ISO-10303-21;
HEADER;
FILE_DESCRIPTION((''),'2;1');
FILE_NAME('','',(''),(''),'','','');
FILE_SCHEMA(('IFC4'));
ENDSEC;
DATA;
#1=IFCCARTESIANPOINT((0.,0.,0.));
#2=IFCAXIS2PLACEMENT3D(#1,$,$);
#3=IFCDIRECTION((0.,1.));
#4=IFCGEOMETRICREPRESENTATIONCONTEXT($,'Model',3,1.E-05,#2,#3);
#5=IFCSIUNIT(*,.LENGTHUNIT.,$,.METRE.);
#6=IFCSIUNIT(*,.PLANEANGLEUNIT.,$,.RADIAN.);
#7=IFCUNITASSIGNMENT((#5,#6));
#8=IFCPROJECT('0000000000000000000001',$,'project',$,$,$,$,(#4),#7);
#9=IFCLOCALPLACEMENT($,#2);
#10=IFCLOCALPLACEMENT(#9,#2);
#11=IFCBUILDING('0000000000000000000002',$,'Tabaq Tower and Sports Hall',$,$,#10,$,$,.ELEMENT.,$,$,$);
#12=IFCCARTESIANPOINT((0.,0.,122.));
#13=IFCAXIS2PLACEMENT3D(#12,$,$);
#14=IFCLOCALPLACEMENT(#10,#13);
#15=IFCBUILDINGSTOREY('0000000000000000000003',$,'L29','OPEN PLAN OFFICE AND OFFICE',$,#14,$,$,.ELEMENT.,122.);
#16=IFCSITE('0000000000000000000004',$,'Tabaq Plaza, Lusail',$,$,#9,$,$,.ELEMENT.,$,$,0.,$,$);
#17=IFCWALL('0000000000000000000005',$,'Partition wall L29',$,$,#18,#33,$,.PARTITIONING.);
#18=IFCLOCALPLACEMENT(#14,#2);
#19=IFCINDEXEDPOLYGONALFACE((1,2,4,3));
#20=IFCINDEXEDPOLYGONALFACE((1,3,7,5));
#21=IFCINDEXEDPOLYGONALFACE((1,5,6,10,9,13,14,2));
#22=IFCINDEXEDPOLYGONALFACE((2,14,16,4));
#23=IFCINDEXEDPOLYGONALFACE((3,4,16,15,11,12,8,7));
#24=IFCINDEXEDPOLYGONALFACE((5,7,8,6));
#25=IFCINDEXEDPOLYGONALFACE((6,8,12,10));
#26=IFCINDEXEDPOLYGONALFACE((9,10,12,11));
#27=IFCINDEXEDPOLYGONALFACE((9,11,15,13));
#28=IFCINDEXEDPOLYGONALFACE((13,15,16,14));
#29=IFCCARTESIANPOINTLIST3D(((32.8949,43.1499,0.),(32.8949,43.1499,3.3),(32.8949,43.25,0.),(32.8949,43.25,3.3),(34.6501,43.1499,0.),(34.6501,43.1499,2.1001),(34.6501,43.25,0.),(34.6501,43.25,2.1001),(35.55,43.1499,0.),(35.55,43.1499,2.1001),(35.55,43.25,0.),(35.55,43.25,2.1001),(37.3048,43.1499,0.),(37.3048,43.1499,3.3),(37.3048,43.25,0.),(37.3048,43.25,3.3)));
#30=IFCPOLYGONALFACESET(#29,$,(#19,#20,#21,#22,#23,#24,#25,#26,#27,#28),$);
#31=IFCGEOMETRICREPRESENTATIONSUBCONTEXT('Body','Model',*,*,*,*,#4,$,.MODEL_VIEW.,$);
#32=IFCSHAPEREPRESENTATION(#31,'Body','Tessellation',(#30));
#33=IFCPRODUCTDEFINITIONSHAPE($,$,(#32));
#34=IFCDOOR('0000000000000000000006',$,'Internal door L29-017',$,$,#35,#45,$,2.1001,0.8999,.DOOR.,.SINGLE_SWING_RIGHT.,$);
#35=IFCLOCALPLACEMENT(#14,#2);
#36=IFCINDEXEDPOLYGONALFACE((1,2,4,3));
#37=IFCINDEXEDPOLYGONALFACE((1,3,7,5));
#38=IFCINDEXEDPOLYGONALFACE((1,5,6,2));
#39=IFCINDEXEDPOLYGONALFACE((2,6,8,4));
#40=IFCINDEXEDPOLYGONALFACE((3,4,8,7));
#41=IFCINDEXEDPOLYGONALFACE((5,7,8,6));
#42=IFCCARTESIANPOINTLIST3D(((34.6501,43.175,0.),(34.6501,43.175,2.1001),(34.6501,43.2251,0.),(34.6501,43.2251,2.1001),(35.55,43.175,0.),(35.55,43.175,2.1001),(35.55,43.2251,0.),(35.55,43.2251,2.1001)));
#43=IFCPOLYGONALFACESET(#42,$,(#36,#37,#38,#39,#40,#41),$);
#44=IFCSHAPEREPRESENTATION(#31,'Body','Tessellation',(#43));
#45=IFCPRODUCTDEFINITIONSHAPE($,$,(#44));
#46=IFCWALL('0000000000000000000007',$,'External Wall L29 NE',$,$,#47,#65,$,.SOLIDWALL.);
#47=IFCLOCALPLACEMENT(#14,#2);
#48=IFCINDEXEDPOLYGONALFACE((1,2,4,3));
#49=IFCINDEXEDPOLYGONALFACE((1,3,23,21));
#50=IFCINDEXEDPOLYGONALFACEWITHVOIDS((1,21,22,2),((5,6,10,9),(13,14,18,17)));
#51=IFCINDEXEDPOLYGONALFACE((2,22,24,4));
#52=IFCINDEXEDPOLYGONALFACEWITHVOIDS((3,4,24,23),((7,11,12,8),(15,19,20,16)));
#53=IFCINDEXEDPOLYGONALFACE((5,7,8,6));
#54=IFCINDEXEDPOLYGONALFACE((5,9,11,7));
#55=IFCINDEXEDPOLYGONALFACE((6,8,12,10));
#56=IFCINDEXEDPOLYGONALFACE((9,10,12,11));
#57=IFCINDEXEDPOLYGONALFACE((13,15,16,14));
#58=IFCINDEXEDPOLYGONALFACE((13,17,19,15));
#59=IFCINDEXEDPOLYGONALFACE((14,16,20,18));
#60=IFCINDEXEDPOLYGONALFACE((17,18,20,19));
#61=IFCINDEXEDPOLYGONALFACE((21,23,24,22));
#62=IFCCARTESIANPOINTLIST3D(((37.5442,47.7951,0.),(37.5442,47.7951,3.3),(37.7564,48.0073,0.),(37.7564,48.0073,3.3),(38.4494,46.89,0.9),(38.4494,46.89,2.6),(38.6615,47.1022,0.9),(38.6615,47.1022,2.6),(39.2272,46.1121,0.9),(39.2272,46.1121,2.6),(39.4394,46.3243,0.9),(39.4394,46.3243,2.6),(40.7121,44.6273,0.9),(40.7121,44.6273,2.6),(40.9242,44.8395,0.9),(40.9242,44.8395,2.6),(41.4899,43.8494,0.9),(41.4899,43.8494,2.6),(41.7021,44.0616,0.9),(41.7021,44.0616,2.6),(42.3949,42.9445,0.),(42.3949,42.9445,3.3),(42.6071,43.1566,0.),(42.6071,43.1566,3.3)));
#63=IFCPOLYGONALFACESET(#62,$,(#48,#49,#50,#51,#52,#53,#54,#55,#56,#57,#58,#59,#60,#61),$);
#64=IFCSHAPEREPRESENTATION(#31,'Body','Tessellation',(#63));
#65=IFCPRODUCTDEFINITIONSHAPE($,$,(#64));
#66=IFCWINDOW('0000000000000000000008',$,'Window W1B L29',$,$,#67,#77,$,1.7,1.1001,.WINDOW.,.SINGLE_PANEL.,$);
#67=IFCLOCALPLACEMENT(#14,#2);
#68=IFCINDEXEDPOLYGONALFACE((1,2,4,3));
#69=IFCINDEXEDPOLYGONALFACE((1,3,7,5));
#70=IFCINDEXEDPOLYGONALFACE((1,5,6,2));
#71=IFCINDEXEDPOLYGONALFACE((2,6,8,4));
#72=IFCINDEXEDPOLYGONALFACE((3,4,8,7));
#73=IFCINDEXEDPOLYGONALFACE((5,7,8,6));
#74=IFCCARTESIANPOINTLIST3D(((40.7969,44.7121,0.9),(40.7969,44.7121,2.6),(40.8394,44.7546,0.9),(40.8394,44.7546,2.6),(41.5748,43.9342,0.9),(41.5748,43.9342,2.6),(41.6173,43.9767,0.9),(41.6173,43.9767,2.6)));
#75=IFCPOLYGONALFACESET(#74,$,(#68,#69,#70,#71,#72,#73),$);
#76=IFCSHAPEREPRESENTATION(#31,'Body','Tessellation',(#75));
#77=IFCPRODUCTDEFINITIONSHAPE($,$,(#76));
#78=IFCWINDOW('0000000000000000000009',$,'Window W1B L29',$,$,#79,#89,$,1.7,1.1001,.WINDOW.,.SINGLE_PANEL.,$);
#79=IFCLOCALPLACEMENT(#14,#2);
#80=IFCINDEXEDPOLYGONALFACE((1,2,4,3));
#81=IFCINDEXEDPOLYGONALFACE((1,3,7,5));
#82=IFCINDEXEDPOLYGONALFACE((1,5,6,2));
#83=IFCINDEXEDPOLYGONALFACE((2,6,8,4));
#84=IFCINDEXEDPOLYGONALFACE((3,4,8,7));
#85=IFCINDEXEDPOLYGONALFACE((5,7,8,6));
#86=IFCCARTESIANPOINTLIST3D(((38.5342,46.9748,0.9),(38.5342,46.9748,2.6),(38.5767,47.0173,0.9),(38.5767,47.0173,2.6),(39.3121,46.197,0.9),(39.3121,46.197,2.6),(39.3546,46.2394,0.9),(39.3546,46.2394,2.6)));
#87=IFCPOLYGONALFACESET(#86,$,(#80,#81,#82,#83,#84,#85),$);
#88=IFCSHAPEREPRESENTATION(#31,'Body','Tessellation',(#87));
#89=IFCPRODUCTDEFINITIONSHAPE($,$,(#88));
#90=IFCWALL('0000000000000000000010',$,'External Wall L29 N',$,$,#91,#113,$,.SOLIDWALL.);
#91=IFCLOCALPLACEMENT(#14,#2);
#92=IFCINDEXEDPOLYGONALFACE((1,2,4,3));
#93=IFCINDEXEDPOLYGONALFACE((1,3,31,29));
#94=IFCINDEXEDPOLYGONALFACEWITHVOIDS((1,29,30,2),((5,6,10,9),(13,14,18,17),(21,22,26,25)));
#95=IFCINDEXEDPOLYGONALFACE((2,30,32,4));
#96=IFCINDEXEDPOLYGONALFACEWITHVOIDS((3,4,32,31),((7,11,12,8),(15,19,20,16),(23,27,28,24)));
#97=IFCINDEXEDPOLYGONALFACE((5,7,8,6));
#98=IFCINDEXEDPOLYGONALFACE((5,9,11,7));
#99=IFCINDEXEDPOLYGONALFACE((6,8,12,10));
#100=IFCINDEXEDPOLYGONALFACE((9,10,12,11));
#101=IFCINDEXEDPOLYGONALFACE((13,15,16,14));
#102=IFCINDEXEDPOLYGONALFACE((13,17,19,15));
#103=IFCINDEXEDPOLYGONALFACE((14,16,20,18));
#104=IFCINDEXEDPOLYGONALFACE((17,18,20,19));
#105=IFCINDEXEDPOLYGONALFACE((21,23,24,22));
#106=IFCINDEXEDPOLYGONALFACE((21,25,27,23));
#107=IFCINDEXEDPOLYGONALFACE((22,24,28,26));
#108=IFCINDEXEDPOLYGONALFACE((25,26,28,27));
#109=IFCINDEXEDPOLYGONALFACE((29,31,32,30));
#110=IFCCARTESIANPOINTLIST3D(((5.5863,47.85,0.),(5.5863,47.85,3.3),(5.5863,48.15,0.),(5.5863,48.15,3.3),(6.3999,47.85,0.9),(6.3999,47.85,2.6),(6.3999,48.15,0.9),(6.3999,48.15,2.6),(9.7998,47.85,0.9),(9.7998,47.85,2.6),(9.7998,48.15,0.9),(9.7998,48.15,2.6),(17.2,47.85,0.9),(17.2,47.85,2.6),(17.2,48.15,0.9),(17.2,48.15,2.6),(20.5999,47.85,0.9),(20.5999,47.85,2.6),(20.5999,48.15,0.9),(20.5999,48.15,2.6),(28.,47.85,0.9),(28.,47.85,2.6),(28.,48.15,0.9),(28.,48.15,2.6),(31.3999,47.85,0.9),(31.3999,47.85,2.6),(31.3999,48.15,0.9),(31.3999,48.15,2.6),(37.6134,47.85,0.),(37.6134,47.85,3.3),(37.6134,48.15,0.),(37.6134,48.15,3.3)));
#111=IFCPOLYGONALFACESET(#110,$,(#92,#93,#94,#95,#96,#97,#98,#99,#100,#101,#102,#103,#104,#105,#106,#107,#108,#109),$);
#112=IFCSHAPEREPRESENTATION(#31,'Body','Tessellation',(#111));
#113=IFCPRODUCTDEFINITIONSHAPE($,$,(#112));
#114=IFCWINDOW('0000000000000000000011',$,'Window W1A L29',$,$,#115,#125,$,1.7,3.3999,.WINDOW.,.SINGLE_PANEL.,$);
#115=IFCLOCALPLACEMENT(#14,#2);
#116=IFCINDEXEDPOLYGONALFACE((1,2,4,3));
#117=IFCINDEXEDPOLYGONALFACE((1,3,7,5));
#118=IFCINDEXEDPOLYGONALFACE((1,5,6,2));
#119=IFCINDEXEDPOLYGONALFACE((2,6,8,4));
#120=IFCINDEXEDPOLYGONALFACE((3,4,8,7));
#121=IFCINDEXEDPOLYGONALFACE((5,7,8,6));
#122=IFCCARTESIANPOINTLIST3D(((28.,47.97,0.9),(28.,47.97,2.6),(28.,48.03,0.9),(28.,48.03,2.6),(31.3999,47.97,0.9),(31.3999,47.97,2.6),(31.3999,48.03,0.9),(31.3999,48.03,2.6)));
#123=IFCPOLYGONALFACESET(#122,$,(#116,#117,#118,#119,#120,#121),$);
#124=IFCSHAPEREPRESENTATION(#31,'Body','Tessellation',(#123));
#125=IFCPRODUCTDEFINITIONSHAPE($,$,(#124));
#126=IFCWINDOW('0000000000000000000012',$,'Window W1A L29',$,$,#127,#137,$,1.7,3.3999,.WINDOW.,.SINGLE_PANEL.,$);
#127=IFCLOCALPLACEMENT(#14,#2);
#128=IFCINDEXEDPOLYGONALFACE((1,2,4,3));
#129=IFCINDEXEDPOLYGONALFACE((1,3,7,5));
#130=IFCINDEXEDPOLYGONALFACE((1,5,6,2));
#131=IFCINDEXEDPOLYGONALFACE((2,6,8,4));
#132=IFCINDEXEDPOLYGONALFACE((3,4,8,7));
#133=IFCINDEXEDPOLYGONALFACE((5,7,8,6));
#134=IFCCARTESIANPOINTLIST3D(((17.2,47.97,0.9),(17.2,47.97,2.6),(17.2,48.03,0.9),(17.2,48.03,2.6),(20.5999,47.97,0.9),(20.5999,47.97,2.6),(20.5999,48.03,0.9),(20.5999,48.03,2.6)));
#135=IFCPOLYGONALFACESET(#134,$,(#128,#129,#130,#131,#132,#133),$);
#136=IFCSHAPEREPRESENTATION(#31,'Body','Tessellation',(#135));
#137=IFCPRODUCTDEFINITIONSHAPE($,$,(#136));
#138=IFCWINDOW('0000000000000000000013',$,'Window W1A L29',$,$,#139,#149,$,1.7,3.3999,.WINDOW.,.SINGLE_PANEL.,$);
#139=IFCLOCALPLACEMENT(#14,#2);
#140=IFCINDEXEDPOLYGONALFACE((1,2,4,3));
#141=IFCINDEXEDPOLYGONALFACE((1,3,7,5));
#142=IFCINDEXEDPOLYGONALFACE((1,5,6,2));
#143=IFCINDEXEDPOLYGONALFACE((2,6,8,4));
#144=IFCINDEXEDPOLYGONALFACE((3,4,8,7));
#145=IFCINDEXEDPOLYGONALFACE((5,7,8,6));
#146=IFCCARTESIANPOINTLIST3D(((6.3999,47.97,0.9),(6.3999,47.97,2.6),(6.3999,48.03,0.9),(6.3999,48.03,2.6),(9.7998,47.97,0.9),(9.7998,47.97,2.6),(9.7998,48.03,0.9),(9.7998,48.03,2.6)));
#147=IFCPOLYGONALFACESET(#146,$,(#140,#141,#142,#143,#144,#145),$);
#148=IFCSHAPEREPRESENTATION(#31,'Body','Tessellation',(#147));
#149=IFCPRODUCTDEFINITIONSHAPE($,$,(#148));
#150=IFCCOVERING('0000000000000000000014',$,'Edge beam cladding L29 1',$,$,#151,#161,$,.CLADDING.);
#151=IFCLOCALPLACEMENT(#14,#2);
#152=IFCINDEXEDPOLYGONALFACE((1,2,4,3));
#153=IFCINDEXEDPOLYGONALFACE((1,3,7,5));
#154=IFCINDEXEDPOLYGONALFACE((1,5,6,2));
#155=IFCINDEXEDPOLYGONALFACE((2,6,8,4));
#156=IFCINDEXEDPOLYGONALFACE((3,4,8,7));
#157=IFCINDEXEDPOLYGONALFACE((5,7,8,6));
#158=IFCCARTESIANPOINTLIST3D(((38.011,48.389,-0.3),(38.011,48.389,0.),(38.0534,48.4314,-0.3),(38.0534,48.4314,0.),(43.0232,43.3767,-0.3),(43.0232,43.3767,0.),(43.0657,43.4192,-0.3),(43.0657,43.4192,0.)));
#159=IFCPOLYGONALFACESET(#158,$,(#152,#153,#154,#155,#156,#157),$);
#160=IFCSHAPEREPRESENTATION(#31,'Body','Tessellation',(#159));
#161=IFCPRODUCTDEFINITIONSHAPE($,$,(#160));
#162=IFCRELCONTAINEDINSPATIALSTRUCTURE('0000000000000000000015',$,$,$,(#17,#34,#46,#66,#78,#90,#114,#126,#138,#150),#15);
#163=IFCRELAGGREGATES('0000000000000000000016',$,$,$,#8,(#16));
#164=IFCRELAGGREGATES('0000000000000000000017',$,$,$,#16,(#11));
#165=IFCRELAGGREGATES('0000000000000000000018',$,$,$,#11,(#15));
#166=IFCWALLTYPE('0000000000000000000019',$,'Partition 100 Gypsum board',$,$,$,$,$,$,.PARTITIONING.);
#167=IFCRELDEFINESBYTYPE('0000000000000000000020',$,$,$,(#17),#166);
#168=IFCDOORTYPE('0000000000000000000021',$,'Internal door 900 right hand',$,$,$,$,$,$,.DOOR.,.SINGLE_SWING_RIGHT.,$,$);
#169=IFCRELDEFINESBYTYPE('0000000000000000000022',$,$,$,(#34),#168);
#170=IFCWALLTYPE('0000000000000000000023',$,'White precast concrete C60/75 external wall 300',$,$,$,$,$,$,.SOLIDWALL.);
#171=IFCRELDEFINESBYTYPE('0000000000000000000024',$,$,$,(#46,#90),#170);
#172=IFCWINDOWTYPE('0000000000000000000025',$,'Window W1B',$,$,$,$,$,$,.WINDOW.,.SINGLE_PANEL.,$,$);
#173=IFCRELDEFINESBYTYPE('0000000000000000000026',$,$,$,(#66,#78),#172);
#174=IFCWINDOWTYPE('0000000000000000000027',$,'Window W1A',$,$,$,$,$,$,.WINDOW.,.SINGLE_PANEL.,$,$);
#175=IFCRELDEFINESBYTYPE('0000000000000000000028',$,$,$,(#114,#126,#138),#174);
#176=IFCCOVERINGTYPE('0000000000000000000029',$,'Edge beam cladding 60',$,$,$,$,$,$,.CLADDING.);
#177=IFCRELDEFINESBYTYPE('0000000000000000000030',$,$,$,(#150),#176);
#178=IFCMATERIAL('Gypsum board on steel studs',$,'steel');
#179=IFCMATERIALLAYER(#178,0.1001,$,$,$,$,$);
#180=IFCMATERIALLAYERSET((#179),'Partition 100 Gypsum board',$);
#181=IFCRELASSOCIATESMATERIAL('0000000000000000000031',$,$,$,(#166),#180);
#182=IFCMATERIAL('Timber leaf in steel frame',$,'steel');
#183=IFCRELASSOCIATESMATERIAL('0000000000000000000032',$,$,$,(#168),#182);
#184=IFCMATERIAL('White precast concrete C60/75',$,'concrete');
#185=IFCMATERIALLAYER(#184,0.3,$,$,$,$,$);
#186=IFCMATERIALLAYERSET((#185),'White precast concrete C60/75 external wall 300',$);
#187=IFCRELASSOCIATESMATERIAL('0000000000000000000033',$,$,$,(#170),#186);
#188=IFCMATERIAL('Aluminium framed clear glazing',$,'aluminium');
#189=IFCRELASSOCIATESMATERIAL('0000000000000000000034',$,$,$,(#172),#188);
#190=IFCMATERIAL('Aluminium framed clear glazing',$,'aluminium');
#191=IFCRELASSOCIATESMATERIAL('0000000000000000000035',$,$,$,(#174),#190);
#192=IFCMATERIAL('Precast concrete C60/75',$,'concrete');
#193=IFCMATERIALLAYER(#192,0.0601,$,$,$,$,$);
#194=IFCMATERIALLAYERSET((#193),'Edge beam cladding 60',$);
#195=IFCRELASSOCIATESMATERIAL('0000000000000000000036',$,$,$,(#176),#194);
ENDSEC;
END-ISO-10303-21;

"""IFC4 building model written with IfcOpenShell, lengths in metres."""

from ifc_helpers import new_model, si_unit, direction, frame, frame_2d, origin, place, context, subcontext, project, spatial, rectangle, extrude, material, layer, layer_set, type_object, element, fill, save


model = new_model("IFC4")

# Units and contexts
model_context = context("Model", 3, precision=1e-05, world=origin(), true_north=direction((0.0, 1.0)))
body_context = subcontext(model_context, "Body", "Model", "MODEL_VIEW")
ifc_project = project(units=[si_unit("LENGTHUNIT", "METRE"), si_unit("PLANEANGLEUNIT", "RADIAN")], contexts=[model_context])

# Site, building, storey
site_placement = place(None, origin())
site = spatial("IfcSite", under=ifc_project, at=site_placement, Name="Tabaq Plaza, Lusail", CompositionType="ELEMENT", RefElevation=0.0)
building_placement = place(site_placement, origin())
building = spatial("IfcBuilding", under=site, at=building_placement, Name="Tabaq Tower and Sports Hall", CompositionType="ELEMENT")
storey_placement = place(building_placement, frame((0.0, 0.0, 122.0)))
storey = spatial("IfcBuildingStorey", under=building, at=storey_placement, Name="L29", Description="OPEN PLAN OFFICE AND OFFICE", CompositionType="ELEMENT", Elevation=122.0)

# Shared definitions
ifc_material_1 = material(Name="Gypsum board on steel studs", Category="steel")
ifc_layer_1 = layer(ifc_material_1, 0.1001)
ifc_layer_set_1 = layer_set([ifc_layer_1], Name="Partition 100 Gypsum board")
wall_type_1 = type_object("IfcWallType", Name="Partition 100 Gypsum board", PredefinedType="PARTITIONING", material=ifc_layer_set_1)
ifc_material_2 = material(Name="Timber leaf in steel frame", Category="steel")
door_type_1 = type_object("IfcDoorType", Name="Internal door 900 right hand", OperationType="SINGLE_SWING_RIGHT", PredefinedType="DOOR", material=ifc_material_2)

# Wall, opening, door
wall_1_placement = place(storey_placement, frame((37.3049, 43.2, 0.0), z_axis=(0.0, 0.0, 1.0), x_axis=(-1.0, 0.0, 0.0)))
wall_1 = element("IfcWall", 1, at=wall_1_placement, inside=storey, type_object=wall_type_1, Name="Partition wall L29", PredefinedType="PARTITIONING", context=body_context, shape_type="SweptSolid", body=[
    extrude(rectangle(XDim=4.4099, YDim=0.1001, at=frame_2d((2.2051, 0.0))), origin(), (0.0, 0.0, 1.0), 3.3),
])
opening_1_placement = place(wall_1_placement, frame((1.7549, 0.0, 0.0)))
opening_1 = element("IfcOpeningElement", 2, at=opening_1_placement, cuts=wall_1, PredefinedType="OPENING", context=body_context, shape_type="SweptSolid", body=[
    extrude(rectangle(XDim=0.8999, YDim=2.1001, at=frame_2d((0.45, 1.05))), frame((0.0, 0.05, 0.0), z_axis=(0.0, -1.0, 0.0), x_axis=(1.0, 0.0, 0.0)), (0.0, 0.0, 1.0), 0.1001),
])
door_1_placement = place(opening_1_placement, origin())
door_1 = element("IfcDoor", 3, at=door_1_placement, inside=storey, type_object=door_type_1, Name="Internal door L29-017", OperationType="SINGLE_SWING_RIGHT", OverallHeight=2.1001, OverallWidth=0.8999, PredefinedType="DOOR", context=body_context, shape_type="SweptSolid", body=[
    extrude(rectangle(XDim=0.8999, YDim=2.1001, at=frame_2d((0.45, 1.05))), frame((0.0, 0.0249, 0.0), z_axis=(0.0, -1.0, 0.0), x_axis=(1.0, 0.0, 0.0)), (0.0, 0.0, 1.0), 0.05),
])
fill(opening_1, door_1)

# Walls, openings, windows
ifc_material_3 = material(Name="White precast concrete C60/75", Category="concrete")
ifc_layer_2 = layer(ifc_material_3, 0.3)
ifc_layer_set_2 = layer_set([ifc_layer_2], Name="White precast concrete C60/75 external wall 300")
wall_type_2 = type_object("IfcWallType", Name="White precast concrete C60/75 external wall 300", PredefinedType="SOLIDWALL", material=ifc_layer_set_2)
wall_2_placement = place(storey_placement, frame((42.501, 43.0505, 0.0), z_axis=(0.0, 0.0, 1.0), x_axis=(-0.707107, 0.707107, 0.0)))
wall_2 = element("IfcWall", 4, at=wall_2_placement, inside=storey, type_object=wall_type_2, Name="External Wall L29 NE", PredefinedType="SOLIDWALL", context=body_context, shape_type="SweptSolid", body=[
    extrude(rectangle(XDim=6.8599, YDim=0.3, at=frame_2d((3.4299, 0.0))), origin(), (0.0, 0.0, 1.0), 3.3),
])
opening_2_placement = place(wall_2_placement, frame((1.2798, 0.0, 0.8999)))
opening_2 = element("IfcOpeningElement", 5, at=opening_2_placement, cuts=wall_2, PredefinedType="OPENING", context=body_context, shape_type="SweptSolid", body=[
    extrude(rectangle(XDim=1.1001, YDim=1.7, at=frame_2d((0.55, 0.8501))), frame((0.0, 0.1602, 0.0), z_axis=(0.0, -1.0, 0.0), x_axis=(1.0, 0.0, 0.0)), (0.0, 0.0, 1.0), 0.3201),
])
opening_3_placement = place(wall_2_placement, frame((4.4797, 0.0, 0.8999)))
opening_3 = element("IfcOpeningElement", 6, at=opening_3_placement, cuts=wall_2, PredefinedType="OPENING", context=body_context, shape_type="SweptSolid", body=[
    extrude(rectangle(XDim=1.1001, YDim=1.7, at=frame_2d((0.55, 0.8501))), frame((0.0, 0.1602, 0.0), z_axis=(0.0, -1.0, 0.0), x_axis=(1.0, 0.0, 0.0)), (0.0, 0.0, 1.0), 0.3201),
])
ifc_material_4 = material(Name="Aluminium framed clear glazing", Category="aluminium")
window_type_1 = type_object("IfcWindowType", Name="Window W1B", PartitioningType="SINGLE_PANEL", PredefinedType="WINDOW", material=ifc_material_4)
window_1_placement = place(opening_2_placement, origin())
window_1 = element("IfcWindow", 7, at=window_1_placement, inside=storey, type_object=window_type_1, Name="Window W1B L29", OverallHeight=1.7, OverallWidth=1.1001, PartitioningType="SINGLE_PANEL", PredefinedType="WINDOW", context=body_context, shape_type="SweptSolid", body=[
    extrude(rectangle(XDim=1.1001, YDim=1.7, at=frame_2d((0.55, 0.8501))), frame((0.0, 0.03, 0.0), z_axis=(0.0, -1.0, 0.0), x_axis=(1.0, 0.0, 0.0)), (0.0, 0.0, 1.0), 0.0601),
])
fill(opening_2, window_1)
window_2_placement = place(opening_3_placement, origin())
window_2 = element("IfcWindow", 8, at=window_2_placement, inside=storey, type_object=window_type_1, Name="Window W1B L29", OverallHeight=1.7, OverallWidth=1.1001, PartitioningType="SINGLE_PANEL", PredefinedType="WINDOW", context=body_context, shape_type="SweptSolid", body=[
    extrude(rectangle(XDim=1.1001, YDim=1.7, at=frame_2d((0.55, 0.8501))), frame((0.0, 0.03, 0.0), z_axis=(0.0, -1.0, 0.0), x_axis=(1.0, 0.0, 0.0)), (0.0, 0.0, 1.0), 0.0601),
])
fill(opening_3, window_2)
wall_3_placement = place(storey_placement, frame((37.6135, 48.0, 0.0), z_axis=(0.0, 0.0, 1.0), x_axis=(-1.0, 0.0, 0.0)))
wall_3 = element("IfcWall", 9, at=wall_3_placement, inside=storey, type_object=wall_type_2, Name="External Wall L29 N", PredefinedType="SOLIDWALL", context=body_context, shape_type="SweptSolid", body=[
    extrude(rectangle(XDim=32.0271, YDim=0.3, at=frame_2d((16.0137, 0.0))), origin(), (0.0, 0.0, 1.0), 3.3),
])
opening_4_placement = place(wall_3_placement, frame((6.2136, 0.0, 0.8999)))
opening_4 = element("IfcOpeningElement", 10, at=opening_4_placement, cuts=wall_3, PredefinedType="OPENING", context=body_context, shape_type="SweptSolid", body=[
    extrude(rectangle(XDim=3.3999, YDim=1.7, at=frame_2d((1.7, 0.8501))), frame((0.0, 0.1602, 0.0), z_axis=(0.0, -1.0, 0.0), x_axis=(1.0, 0.0, 0.0)), (0.0, 0.0, 1.0), 0.3201),
])
opening_5_placement = place(wall_3_placement, frame((17.0137, 0.0, 0.8999)))
opening_5 = element("IfcOpeningElement", 11, at=opening_5_placement, cuts=wall_3, PredefinedType="OPENING", context=body_context, shape_type="SweptSolid", body=[
    extrude(rectangle(XDim=3.3999, YDim=1.7, at=frame_2d((1.7, 0.8501))), frame((0.0, 0.1602, 0.0), z_axis=(0.0, -1.0, 0.0), x_axis=(1.0, 0.0, 0.0)), (0.0, 0.0, 1.0), 0.3201),
])
opening_6_placement = place(wall_3_placement, frame((27.8137, 0.0, 0.8999)))
opening_6 = element("IfcOpeningElement", 12, at=opening_6_placement, cuts=wall_3, PredefinedType="OPENING", context=body_context, shape_type="SweptSolid", body=[
    extrude(rectangle(XDim=3.3999, YDim=1.7, at=frame_2d((1.7, 0.8501))), frame((0.0, 0.1602, 0.0), z_axis=(0.0, -1.0, 0.0), x_axis=(1.0, 0.0, 0.0)), (0.0, 0.0, 1.0), 0.3201),
])
ifc_material_5 = material(Name="Aluminium framed clear glazing", Category="aluminium")
window_type_2 = type_object("IfcWindowType", Name="Window W1A", PartitioningType="SINGLE_PANEL", PredefinedType="WINDOW", material=ifc_material_5)
window_3_placement = place(opening_4_placement, origin())
window_3 = element("IfcWindow", 13, at=window_3_placement, inside=storey, type_object=window_type_2, Name="Window W1A L29", OverallHeight=1.7, OverallWidth=3.3999, PartitioningType="SINGLE_PANEL", PredefinedType="WINDOW", context=body_context, shape_type="SweptSolid", body=[
    extrude(rectangle(XDim=3.3999, YDim=1.7, at=frame_2d((1.7, 0.8501))), frame((0.0, 0.03, 0.0), z_axis=(0.0, -1.0, 0.0), x_axis=(1.0, 0.0, 0.0)), (0.0, 0.0, 1.0), 0.0601),
])
fill(opening_4, window_3)
window_4_placement = place(opening_5_placement, origin())
window_4 = element("IfcWindow", 14, at=window_4_placement, inside=storey, type_object=window_type_2, Name="Window W1A L29", OverallHeight=1.7, OverallWidth=3.3999, PartitioningType="SINGLE_PANEL", PredefinedType="WINDOW", context=body_context, shape_type="SweptSolid", body=[
    extrude(rectangle(XDim=3.3999, YDim=1.7, at=frame_2d((1.7, 0.8501))), frame((0.0, 0.03, 0.0), z_axis=(0.0, -1.0, 0.0), x_axis=(1.0, 0.0, 0.0)), (0.0, 0.0, 1.0), 0.0601),
])
fill(opening_5, window_4)
window_5_placement = place(opening_6_placement, origin())
window_5 = element("IfcWindow", 15, at=window_5_placement, inside=storey, type_object=window_type_2, Name="Window W1A L29", OverallHeight=1.7, OverallWidth=3.3999, PartitioningType="SINGLE_PANEL", PredefinedType="WINDOW", context=body_context, shape_type="SweptSolid", body=[
    extrude(rectangle(XDim=3.3999, YDim=1.7, at=frame_2d((1.7, 0.8501))), frame((0.0, 0.03, 0.0), z_axis=(0.0, -1.0, 0.0), x_axis=(1.0, 0.0, 0.0)), (0.0, 0.0, 1.0), 0.0601),
])
fill(opening_6, window_5)

# Covering
ifc_material_6 = material(Name="Precast concrete C60/75", Category="concrete")
ifc_layer_3 = layer(ifc_material_6, 0.0601)
ifc_layer_set_3 = layer_set([ifc_layer_3], Name="Edge beam cladding 60")
covering_type_1 = type_object("IfcCoveringType", Name="Edge beam cladding 60", PredefinedType="CLADDING", material=ifc_layer_set_3)
covering_1_placement = place(storey_placement, frame((43.0444, 43.3979, -0.3), z_axis=(0.0, 0.0, 1.0), x_axis=(-0.707107, 0.707107, 0.0)))
element("IfcCovering", 16, at=covering_1_placement, inside=storey, type_object=covering_type_1, Name="Edge beam cladding L29 1", PredefinedType="CLADDING", context=body_context, shape_type="SweptSolid", body=[
    extrude(rectangle(XDim=7.0884, YDim=0.0601, at=frame_2d((3.5442, 0.0))), origin(), (0.0, 0.0, 1.0), 0.3),
])

save(model, "model.ifc")
